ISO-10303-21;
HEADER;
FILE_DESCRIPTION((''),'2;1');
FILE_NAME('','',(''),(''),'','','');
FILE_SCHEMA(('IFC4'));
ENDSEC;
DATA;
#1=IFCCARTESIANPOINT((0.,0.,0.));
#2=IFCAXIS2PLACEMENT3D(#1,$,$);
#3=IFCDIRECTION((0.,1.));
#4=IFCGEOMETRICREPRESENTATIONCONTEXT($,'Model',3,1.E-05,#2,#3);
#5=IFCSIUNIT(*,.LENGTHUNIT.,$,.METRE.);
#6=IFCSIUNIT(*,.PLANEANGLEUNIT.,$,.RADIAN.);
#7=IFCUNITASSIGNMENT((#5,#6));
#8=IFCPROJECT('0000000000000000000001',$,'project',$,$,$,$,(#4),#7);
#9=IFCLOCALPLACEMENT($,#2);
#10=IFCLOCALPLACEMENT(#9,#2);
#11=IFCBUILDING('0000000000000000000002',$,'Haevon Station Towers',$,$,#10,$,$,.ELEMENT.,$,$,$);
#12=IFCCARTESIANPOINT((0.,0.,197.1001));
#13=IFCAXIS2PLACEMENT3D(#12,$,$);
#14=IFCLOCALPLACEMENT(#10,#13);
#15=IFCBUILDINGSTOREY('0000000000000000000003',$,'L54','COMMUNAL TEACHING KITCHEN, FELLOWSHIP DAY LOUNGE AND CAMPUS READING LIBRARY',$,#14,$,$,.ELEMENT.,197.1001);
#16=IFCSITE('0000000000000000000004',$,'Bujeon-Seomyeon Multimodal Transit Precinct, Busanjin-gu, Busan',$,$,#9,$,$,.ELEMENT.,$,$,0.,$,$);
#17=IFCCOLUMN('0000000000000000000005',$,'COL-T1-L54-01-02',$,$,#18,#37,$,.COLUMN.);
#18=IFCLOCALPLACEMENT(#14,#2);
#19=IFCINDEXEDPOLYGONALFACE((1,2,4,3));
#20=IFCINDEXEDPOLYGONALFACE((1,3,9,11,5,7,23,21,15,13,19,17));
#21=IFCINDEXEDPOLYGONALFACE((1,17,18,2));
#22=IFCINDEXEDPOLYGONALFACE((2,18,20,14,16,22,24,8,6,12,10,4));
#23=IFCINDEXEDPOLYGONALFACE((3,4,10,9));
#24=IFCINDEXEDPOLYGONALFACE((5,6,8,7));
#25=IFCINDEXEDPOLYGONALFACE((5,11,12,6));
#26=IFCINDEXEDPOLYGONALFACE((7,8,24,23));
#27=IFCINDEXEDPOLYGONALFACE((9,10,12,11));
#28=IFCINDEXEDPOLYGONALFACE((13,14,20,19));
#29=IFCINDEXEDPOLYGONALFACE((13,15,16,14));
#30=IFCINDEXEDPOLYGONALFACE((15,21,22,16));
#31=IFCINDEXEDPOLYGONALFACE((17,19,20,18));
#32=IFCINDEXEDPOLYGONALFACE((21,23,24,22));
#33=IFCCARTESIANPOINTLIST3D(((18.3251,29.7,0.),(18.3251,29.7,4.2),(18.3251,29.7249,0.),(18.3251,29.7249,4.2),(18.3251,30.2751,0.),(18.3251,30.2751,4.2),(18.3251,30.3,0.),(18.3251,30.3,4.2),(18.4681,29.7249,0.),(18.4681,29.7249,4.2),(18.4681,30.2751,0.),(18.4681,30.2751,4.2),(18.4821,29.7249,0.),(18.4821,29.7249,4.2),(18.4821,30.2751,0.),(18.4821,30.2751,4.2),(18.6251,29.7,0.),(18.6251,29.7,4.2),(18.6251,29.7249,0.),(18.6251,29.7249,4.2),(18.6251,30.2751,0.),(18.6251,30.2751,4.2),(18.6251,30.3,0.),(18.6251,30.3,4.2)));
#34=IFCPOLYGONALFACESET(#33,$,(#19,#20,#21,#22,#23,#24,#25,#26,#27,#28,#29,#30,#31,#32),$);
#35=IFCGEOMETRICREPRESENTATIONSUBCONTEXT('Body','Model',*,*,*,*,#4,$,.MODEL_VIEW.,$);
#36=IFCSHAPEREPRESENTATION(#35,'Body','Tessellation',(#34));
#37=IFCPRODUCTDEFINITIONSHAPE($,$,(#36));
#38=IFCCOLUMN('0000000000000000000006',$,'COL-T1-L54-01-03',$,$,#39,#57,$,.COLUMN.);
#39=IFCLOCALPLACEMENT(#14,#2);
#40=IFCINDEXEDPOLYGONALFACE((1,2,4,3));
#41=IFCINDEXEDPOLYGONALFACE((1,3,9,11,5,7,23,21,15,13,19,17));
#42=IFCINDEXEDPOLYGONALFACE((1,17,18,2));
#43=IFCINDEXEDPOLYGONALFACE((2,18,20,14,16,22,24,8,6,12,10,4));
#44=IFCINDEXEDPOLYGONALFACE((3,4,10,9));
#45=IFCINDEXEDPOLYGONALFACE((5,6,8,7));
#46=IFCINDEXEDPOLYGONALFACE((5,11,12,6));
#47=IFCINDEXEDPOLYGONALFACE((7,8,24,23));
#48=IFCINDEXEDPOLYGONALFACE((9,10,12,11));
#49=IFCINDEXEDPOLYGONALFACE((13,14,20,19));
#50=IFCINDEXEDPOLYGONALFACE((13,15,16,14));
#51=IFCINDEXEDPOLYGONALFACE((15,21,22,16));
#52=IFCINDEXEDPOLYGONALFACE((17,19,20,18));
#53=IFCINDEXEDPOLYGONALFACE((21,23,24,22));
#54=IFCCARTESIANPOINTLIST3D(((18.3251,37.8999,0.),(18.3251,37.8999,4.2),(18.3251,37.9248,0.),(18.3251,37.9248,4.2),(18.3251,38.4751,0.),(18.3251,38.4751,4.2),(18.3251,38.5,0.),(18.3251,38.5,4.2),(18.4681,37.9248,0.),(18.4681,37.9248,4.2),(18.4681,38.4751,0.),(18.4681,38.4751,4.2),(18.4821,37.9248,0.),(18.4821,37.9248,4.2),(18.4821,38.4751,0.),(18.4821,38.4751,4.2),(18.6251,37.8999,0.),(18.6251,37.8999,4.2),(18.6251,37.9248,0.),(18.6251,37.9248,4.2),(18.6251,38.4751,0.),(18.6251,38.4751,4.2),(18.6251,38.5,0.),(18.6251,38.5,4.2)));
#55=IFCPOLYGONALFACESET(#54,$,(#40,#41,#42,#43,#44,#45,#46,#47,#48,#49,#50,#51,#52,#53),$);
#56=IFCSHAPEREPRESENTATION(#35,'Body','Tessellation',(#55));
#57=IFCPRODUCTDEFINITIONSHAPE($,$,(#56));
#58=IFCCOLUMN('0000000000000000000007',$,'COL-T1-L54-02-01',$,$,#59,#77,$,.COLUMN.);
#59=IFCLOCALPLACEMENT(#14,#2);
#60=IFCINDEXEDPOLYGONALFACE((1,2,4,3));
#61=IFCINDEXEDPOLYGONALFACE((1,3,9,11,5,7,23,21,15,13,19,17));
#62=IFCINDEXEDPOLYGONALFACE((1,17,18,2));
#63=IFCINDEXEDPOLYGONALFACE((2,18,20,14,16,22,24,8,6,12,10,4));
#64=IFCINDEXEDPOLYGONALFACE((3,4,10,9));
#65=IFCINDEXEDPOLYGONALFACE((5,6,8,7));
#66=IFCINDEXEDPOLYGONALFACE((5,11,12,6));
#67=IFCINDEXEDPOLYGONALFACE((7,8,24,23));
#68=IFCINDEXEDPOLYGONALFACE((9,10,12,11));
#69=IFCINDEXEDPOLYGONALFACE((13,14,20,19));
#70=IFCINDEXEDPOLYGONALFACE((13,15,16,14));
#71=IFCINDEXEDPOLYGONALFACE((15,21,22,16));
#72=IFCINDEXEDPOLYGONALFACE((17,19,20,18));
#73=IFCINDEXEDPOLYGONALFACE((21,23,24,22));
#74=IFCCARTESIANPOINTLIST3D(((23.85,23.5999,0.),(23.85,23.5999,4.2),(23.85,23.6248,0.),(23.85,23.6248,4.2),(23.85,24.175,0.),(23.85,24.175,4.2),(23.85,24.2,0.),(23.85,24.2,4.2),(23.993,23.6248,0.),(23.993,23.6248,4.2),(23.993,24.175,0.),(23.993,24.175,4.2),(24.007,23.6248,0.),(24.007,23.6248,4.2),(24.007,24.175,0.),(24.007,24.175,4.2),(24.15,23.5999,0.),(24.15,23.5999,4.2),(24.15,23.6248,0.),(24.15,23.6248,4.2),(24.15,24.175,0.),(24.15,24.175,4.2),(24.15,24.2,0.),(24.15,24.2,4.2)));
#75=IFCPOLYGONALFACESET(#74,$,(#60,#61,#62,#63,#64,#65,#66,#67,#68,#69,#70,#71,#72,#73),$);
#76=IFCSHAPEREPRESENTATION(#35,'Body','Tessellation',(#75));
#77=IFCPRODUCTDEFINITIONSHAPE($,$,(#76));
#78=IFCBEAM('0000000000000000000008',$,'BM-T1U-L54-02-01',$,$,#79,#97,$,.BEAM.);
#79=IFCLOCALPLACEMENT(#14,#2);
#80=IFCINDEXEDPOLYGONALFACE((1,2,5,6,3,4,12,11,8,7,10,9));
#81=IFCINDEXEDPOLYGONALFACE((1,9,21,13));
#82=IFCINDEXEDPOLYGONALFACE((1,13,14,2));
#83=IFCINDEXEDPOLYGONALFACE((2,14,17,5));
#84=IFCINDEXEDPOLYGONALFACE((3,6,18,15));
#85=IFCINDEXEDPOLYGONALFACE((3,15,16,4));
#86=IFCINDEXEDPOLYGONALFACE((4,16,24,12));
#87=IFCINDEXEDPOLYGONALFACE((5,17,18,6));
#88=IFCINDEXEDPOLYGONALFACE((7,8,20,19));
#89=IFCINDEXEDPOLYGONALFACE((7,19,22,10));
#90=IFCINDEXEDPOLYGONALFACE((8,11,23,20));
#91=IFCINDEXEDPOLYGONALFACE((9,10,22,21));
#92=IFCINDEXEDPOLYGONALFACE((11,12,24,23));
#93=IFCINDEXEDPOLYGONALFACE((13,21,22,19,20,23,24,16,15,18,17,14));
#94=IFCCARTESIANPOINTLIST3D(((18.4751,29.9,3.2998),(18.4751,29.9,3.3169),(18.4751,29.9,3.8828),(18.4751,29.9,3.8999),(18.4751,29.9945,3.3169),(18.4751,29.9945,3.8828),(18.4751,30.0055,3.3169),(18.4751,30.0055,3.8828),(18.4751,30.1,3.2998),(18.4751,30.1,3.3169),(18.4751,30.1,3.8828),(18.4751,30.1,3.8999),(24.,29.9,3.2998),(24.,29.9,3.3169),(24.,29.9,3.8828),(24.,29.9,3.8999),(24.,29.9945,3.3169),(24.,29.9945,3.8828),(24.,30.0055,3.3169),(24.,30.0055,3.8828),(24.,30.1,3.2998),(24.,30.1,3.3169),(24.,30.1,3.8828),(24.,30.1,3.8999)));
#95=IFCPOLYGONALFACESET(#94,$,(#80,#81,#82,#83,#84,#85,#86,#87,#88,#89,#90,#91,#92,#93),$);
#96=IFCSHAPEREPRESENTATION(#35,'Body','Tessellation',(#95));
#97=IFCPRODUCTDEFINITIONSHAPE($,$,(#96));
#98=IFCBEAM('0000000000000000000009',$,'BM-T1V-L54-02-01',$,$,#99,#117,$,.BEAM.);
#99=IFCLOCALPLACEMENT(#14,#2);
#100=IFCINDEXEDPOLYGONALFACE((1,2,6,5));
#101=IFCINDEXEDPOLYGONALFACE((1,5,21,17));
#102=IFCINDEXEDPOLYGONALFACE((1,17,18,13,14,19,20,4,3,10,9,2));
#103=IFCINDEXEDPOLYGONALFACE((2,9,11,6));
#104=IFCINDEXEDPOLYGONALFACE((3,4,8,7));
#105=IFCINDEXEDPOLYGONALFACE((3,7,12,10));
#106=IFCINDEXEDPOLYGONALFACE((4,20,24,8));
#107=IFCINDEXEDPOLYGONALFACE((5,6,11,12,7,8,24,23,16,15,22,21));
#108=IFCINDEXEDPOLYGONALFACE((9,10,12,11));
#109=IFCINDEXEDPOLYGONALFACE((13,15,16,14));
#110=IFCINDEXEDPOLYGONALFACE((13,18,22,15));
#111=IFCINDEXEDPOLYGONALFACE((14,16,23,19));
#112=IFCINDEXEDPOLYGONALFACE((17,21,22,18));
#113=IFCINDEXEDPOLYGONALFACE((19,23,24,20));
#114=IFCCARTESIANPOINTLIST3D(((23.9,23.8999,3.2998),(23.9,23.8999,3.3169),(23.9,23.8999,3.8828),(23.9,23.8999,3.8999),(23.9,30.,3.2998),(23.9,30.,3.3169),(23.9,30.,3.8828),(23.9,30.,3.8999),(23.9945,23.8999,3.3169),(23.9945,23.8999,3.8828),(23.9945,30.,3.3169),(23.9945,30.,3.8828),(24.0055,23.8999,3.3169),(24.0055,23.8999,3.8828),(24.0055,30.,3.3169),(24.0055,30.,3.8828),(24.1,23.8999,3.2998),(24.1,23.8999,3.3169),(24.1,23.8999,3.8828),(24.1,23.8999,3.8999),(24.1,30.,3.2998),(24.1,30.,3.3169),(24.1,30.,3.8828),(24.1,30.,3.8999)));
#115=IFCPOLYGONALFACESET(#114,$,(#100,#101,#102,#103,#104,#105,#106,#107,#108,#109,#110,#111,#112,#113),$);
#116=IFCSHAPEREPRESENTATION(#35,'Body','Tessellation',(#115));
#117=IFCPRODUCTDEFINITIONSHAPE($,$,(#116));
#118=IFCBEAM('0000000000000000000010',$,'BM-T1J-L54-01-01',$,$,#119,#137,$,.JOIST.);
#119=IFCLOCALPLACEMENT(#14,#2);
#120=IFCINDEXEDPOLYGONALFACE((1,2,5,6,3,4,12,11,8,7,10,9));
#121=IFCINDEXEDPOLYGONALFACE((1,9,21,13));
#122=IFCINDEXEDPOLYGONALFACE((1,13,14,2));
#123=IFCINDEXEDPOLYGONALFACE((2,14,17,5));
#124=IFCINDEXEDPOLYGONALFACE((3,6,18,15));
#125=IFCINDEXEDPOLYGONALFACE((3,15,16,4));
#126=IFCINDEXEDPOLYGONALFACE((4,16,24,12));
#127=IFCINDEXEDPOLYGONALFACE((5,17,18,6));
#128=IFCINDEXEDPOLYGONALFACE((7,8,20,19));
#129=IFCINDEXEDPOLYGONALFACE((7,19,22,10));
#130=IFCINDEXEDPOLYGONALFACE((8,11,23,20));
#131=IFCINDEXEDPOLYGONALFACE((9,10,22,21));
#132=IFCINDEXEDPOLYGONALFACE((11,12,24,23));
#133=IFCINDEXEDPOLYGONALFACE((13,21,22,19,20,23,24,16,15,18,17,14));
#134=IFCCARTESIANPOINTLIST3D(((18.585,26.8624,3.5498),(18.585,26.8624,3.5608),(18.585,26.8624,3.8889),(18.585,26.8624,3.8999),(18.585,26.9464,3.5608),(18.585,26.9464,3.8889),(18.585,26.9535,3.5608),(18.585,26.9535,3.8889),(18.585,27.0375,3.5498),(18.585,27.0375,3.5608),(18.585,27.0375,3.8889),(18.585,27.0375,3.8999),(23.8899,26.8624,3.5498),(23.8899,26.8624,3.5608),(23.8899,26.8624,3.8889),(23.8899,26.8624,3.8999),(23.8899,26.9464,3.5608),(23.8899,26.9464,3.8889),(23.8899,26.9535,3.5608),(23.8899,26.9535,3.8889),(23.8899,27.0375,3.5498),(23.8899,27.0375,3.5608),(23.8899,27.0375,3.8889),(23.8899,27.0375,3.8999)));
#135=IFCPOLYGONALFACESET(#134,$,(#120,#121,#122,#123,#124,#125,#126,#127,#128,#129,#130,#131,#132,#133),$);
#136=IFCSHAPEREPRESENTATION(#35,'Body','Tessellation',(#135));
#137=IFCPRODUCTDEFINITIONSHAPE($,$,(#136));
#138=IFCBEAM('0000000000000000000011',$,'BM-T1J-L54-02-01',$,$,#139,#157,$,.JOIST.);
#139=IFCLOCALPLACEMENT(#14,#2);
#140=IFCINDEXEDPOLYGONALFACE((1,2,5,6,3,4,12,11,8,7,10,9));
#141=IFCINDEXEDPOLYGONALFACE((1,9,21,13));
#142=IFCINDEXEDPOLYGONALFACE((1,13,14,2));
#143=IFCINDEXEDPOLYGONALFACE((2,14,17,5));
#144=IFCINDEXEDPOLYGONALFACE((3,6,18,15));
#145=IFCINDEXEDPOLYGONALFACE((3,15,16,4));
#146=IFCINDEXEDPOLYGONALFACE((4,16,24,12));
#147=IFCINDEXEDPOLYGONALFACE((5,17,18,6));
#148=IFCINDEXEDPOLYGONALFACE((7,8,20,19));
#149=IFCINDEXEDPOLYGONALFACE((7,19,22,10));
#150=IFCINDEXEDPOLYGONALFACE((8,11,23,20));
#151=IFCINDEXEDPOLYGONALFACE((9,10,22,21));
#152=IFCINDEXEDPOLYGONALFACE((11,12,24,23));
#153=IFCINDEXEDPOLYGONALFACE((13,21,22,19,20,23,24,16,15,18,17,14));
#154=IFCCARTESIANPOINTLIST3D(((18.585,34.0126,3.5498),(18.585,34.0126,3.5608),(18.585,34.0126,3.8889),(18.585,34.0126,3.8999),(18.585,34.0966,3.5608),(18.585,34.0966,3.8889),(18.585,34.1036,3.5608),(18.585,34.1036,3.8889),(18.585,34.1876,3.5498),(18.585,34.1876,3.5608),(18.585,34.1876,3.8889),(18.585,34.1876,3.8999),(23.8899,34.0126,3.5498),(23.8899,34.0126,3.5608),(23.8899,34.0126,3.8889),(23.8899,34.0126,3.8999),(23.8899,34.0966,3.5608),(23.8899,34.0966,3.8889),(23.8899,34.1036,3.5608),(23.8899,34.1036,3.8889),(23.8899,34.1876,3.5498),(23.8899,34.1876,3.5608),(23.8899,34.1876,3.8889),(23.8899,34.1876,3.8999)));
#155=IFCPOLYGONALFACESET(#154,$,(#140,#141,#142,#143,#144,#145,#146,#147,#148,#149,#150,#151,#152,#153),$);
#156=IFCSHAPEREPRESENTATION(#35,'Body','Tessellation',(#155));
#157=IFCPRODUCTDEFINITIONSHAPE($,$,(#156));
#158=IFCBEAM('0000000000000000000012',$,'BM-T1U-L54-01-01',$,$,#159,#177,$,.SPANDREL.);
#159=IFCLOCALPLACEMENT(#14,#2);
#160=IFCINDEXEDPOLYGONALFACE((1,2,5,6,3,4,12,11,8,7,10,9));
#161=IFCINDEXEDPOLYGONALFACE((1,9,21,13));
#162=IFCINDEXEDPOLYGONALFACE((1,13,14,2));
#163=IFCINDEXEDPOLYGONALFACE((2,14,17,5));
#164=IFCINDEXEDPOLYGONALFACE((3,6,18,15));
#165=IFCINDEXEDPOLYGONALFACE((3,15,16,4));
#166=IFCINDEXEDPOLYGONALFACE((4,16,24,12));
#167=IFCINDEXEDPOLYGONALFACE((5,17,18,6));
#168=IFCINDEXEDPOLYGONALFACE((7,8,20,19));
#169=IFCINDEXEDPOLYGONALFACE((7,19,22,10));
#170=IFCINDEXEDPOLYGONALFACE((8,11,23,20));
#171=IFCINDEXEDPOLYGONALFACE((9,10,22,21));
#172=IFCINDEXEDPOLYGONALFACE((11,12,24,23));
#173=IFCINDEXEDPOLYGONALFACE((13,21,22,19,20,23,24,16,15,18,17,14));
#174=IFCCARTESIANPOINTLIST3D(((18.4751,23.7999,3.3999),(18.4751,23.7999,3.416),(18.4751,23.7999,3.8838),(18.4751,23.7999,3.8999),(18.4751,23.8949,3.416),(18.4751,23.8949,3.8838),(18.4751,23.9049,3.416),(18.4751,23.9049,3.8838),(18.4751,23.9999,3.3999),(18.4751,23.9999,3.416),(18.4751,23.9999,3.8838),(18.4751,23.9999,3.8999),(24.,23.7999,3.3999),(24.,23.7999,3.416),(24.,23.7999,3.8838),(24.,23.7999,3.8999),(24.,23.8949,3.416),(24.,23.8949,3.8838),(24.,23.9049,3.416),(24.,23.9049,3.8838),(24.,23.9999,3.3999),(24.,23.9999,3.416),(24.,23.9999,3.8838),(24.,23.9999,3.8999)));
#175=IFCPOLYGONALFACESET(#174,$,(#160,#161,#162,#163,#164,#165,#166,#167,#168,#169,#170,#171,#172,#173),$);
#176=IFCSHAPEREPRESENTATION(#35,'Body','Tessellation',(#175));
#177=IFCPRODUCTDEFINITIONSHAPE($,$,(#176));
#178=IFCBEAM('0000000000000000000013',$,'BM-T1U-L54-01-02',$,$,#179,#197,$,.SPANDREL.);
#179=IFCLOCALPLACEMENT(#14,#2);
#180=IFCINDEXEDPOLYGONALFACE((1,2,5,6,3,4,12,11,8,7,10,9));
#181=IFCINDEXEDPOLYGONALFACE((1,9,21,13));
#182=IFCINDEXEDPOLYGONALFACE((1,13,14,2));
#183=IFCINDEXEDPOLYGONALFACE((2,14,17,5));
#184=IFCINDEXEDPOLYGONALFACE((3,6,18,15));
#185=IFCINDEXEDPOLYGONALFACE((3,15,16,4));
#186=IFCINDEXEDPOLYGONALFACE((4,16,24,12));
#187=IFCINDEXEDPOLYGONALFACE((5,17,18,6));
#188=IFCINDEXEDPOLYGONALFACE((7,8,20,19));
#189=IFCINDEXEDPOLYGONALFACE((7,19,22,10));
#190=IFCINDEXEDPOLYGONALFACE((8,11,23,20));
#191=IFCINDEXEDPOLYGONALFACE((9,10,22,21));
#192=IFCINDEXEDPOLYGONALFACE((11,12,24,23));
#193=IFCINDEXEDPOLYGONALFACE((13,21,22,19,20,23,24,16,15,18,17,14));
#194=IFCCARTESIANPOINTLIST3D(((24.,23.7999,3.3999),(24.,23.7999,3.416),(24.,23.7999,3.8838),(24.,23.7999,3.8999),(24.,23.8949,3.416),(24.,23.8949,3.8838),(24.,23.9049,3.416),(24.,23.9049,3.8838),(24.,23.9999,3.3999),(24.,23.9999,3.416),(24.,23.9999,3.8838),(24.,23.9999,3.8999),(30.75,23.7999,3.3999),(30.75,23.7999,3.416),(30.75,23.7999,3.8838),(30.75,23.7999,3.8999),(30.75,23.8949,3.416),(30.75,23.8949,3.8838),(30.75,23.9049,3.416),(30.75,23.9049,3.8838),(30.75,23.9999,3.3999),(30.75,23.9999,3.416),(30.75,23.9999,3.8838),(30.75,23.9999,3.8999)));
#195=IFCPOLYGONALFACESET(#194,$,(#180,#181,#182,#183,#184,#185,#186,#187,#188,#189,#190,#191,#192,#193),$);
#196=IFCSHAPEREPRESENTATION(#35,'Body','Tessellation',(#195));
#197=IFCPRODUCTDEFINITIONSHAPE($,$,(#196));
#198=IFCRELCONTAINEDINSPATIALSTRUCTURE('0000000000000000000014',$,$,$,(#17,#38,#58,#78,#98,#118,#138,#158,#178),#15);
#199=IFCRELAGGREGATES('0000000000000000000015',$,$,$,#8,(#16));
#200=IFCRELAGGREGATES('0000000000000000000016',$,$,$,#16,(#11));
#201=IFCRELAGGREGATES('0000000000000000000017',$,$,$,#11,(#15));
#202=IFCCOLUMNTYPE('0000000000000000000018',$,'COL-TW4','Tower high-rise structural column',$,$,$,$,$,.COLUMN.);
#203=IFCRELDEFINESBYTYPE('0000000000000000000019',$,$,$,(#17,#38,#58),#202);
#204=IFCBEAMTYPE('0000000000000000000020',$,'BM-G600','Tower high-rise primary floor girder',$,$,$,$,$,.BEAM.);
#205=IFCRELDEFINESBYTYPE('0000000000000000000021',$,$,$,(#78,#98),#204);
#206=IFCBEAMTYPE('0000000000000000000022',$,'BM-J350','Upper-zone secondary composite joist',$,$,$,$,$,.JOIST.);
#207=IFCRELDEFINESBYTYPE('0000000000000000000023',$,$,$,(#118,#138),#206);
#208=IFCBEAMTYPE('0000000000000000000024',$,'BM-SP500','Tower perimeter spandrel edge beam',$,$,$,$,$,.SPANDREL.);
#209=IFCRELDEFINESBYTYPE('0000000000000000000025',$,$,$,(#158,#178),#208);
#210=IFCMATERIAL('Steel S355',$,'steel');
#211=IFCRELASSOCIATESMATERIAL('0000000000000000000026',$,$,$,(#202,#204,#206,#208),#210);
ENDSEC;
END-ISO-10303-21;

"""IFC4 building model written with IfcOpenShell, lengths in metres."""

from ifc_helpers import new_model, si_unit, direction, frame, origin, origin_2d, place, context, subcontext, project, spatial, i_section, extrude, material, material_profile, profile_set, type_object, element, save


model = new_model("IFC4")

# Units and contexts
model_context = context("Model", 3, precision=1e-05, world=origin(), true_north=direction((0.0, 1.0)))
body_context = subcontext(model_context, "Body", "Model", "MODEL_VIEW")
ifc_project = project(units=[si_unit("LENGTHUNIT", "METRE"), si_unit("PLANEANGLEUNIT", "RADIAN")], contexts=[model_context])

# Site, building, storey
site_placement = place(None, origin())
site = spatial("IfcSite", under=ifc_project, at=site_placement, Name="Bujeon-Seomyeon Multimodal Transit Precinct, Busanjin-gu, Busan", CompositionType="ELEMENT", RefElevation=0.0)
building_placement = place(site_placement, origin())
building = spatial("IfcBuilding", under=site, at=building_placement, Name="Haevon Station Towers", CompositionType="ELEMENT")
storey_placement = place(building_placement, frame((0.0, 0.0, 197.1001)))
storey = spatial("IfcBuildingStorey", under=building, at=storey_placement, Name="L54", Description="COMMUNAL TEACHING KITCHEN, FELLOWSHIP DAY LOUNGE AND CAMPUS READING LIBRARY", CompositionType="ELEMENT", Elevation=197.1001)

# Columns
ifc_material_1 = material(Name="Steel S355", Category="steel")
ifc_material_profile_1 = material_profile(ifc_material_1, i_section(OverallWidth=0.3, OverallDepth=0.6001, WebThickness=0.0139, FlangeThickness=0.0249, at=origin_2d()), Name="H-600x300x14x25")
ifc_profile_set_1 = profile_set([ifc_material_profile_1], Name="Steel S355")
column_type = type_object("IfcColumnType", Name="COL-TW4", Description="Tower high-rise structural column", PredefinedType="COLUMN", material=ifc_profile_set_1)
for number, where, z_axis, x_axis, name in (
    (1, (18.4751, 30.0, 0.0), (0.0, 0.0, 1.0), (1.0, 0.0, 0.0), "COL-T1-L54-01-02"),
    (2, (18.4751, 38.2, 0.0), (0.0, 0.0, 1.0), (1.0, 0.0, 0.0), "COL-T1-L54-01-03"),
    (3, (24.0, 23.8999, 0.0), (0.0, 0.0, 1.0), (1.0, 0.0, 0.0), "COL-T1-L54-02-01"),
):
    element("IfcColumn", number, at=place(storey_placement, frame(where, z_axis=z_axis, x_axis=x_axis)), inside=storey, type_object=column_type, Name=name, PredefinedType="COLUMN", context=body_context, shape_type="SweptSolid", body=[
        extrude(i_section(OverallWidth=0.3, OverallDepth=0.6001, WebThickness=0.0139, FlangeThickness=0.0249, at=origin_2d()), origin(), (0.0, 0.0, 1.0), 4.2),
    ])

# Beams
ifc_material_profile_2 = material_profile(ifc_material_1, i_section(OverallWidth=0.2, OverallDepth=0.6001, WebThickness=0.011, FlangeThickness=0.0171, at=origin_2d()), Name="H-600x200x11x17")
ifc_profile_set_2 = profile_set([ifc_material_profile_2], Name="Steel S355")
beam_type_1 = type_object("IfcBeamType", Name="BM-G600", Description="Tower high-rise primary floor girder", PredefinedType="BEAM", material=ifc_profile_set_2)
beam_1_placement = place(storey_placement, frame((18.4751, 30.0, 3.5999), z_axis=(1.0, 0.0, 0.0), x_axis=(0.0, 1.0, 0.0)))
element("IfcBeam", 4, at=beam_1_placement, inside=storey, type_object=beam_type_1, Name="BM-T1U-L54-02-01", PredefinedType="BEAM", context=body_context, shape_type="SweptSolid", body=[
    extrude(i_section(OverallWidth=0.2, OverallDepth=0.6001, WebThickness=0.011, FlangeThickness=0.0171, at=origin_2d()), origin(), (0.0, 0.0, 1.0), 5.5249),
])
beam_2_placement = place(storey_placement, frame((24.0, 23.8999, 3.5999), z_axis=(0.0, 1.0, 0.0), x_axis=(-1.0, 0.0, 0.0)))
element("IfcBeam", 5, at=beam_2_placement, inside=storey, type_object=beam_type_1, Name="BM-T1V-L54-02-01", PredefinedType="BEAM", context=body_context, shape_type="SweptSolid", body=[
    extrude(i_section(OverallWidth=0.2, OverallDepth=0.6001, WebThickness=0.011, FlangeThickness=0.0171, at=origin_2d()), origin(), (0.0, 0.0, 1.0), 6.1001),
])
ifc_material_profile_3 = material_profile(ifc_material_1, i_section(OverallWidth=0.175, OverallDepth=0.3501, WebThickness=0.0071, FlangeThickness=0.011, at=origin_2d()), Name="H-350x175x7x11")
ifc_profile_set_3 = profile_set([ifc_material_profile_3], Name="Steel S355")
beam_type_2 = type_object("IfcBeamType", Name="BM-J350", Description="Upper-zone secondary composite joist", PredefinedType="JOIST", material=ifc_profile_set_3)
for number, where, z_axis, x_axis, name in (
    (6, (18.585, 26.95, 3.7249), (1.0, 0.0, 0.0), (0.0, 1.0, 0.0), "BM-T1J-L54-01-01"),
    (7, (18.585, 34.1001, 3.7249), (1.0, 0.0, 0.0), (0.0, 1.0, 0.0), "BM-T1J-L54-02-01"),
):
    element("IfcBeam", number, at=place(storey_placement, frame(where, z_axis=z_axis, x_axis=x_axis)), inside=storey, type_object=beam_type_2, Name=name, PredefinedType="JOIST", context=body_context, shape_type="SweptSolid", body=[
        extrude(i_section(OverallWidth=0.175, OverallDepth=0.3501, WebThickness=0.0071, FlangeThickness=0.011, at=origin_2d()), origin(), (0.0, 0.0, 1.0), 5.3049),
    ])
ifc_material_profile_4 = material_profile(ifc_material_1, i_section(OverallWidth=0.2, OverallDepth=0.5, WebThickness=0.01, FlangeThickness=0.0161, at=origin_2d()), Name="H-500x200x10x16")
ifc_profile_set_4 = profile_set([ifc_material_profile_4], Name="Steel S355")
beam_type_3 = type_object("IfcBeamType", Name="BM-SP500", Description="Tower perimeter spandrel edge beam", PredefinedType="SPANDREL", material=ifc_profile_set_4)
beam_3_placement = place(storey_placement, frame((18.4751, 23.8999, 3.6499), z_axis=(1.0, 0.0, 0.0), x_axis=(0.0, 1.0, 0.0)))
element("IfcBeam", 8, at=beam_3_placement, inside=storey, type_object=beam_type_3, Name="BM-T1U-L54-01-01", PredefinedType="SPANDREL", context=body_context, shape_type="SweptSolid", body=[
    extrude(i_section(OverallWidth=0.2, OverallDepth=0.5, WebThickness=0.01, FlangeThickness=0.0161, at=origin_2d()), origin(), (0.0, 0.0, 1.0), 5.5249),
])
beam_4_placement = place(storey_placement, frame((24.0, 23.8999, 3.6499), z_axis=(1.0, 0.0, 0.0), x_axis=(0.0, 1.0, 0.0)))
element("IfcBeam", 9, at=beam_4_placement, inside=storey, type_object=beam_type_3, Name="BM-T1U-L54-01-02", PredefinedType="SPANDREL", context=body_context, shape_type="SweptSolid", body=[
    extrude(i_section(OverallWidth=0.2, OverallDepth=0.5, WebThickness=0.01, FlangeThickness=0.0161, at=origin_2d()), origin(), (0.0, 0.0, 1.0), 6.75),
])

save(model, "model.ifc")
